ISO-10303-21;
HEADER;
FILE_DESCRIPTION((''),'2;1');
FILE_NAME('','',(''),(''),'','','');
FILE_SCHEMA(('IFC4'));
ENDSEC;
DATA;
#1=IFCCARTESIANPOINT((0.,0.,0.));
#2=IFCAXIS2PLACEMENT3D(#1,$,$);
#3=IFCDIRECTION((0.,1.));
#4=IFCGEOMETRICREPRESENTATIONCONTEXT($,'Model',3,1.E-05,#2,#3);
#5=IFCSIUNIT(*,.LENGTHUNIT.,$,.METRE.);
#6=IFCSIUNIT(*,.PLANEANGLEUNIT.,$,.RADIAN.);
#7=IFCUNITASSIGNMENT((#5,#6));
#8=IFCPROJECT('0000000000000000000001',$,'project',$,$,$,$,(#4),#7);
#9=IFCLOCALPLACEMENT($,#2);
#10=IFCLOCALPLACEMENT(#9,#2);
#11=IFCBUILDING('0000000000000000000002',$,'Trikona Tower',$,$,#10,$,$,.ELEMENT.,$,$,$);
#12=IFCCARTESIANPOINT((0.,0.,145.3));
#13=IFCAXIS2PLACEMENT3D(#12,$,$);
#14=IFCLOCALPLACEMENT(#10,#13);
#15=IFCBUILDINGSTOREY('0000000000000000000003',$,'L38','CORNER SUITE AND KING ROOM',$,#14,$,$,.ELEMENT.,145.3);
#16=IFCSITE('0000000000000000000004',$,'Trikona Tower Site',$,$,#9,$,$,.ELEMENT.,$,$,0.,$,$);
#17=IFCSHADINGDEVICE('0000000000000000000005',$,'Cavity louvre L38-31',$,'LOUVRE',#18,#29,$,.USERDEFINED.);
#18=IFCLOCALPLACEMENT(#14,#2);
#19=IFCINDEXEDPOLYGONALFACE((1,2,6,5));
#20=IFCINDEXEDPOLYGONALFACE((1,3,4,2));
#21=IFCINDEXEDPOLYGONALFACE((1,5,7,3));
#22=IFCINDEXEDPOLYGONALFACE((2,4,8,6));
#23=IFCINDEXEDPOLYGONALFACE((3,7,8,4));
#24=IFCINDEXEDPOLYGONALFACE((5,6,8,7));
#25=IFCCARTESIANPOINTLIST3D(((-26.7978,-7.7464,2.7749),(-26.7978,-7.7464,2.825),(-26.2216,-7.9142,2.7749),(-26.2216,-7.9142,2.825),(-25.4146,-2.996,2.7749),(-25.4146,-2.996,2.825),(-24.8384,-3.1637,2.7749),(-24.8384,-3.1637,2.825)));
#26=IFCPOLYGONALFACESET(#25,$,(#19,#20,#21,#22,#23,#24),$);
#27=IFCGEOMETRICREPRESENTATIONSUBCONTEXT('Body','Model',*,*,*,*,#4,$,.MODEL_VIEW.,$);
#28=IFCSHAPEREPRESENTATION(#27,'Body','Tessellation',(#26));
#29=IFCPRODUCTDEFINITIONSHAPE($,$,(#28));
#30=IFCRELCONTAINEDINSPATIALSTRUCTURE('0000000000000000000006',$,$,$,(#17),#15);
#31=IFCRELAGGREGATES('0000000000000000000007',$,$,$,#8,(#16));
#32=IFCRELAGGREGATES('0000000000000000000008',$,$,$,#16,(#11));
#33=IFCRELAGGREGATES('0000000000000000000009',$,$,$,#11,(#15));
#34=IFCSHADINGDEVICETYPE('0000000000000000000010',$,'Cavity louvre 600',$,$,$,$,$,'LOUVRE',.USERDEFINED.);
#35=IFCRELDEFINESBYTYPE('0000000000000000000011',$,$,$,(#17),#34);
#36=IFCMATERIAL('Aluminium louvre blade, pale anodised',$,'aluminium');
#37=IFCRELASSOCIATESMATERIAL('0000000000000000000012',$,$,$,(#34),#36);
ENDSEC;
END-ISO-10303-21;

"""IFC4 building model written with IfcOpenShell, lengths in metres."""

from ifc_helpers import new_model, si_unit, direction, frame, origin, origin_2d, place, context, subcontext, project, spatial, rectangle, extrude, material, type_object, element, save


model = new_model("IFC4")

# Units and contexts
model_context = context("Model", 3, precision=1e-05, world=origin(), true_north=direction((0.0, 1.0)))
body_context = subcontext(model_context, "Body", "Model", "MODEL_VIEW")
ifc_project = project(units=[si_unit("LENGTHUNIT", "METRE"), si_unit("PLANEANGLEUNIT", "RADIAN")], contexts=[model_context])

# Site, building, storey
site_placement = place(None, origin())
site = spatial("IfcSite", under=ifc_project, at=site_placement, Name="Trikona Tower Site", CompositionType="ELEMENT", RefElevation=0.0)
building_placement = place(site_placement, origin())
building = spatial("IfcBuilding", under=site, at=building_placement, Name="Trikona Tower", CompositionType="ELEMENT")
storey_placement = place(building_placement, frame((0.0, 0.0, 145.3)))
storey = spatial("IfcBuildingStorey", under=building, at=storey_placement, Name="L38", Description="CORNER SUITE AND KING ROOM", CompositionType="ELEMENT", Elevation=145.3)

# Shading device
ifc_material_1 = material(Name="Aluminium louvre blade, pale anodised", Category="aluminium")
shading_device_type = type_object("IfcShadingDeviceType", Name="Cavity louvre 600", ElementType="LOUVRE", PredefinedType="USERDEFINED", material=ifc_material_1)
shading_device_1_placement = place(storey_placement, frame((-25.8181, -5.4551, 2.7749), z_axis=(0.0, 0.0, 1.0), x_axis=(-0.279554, -0.96013, 0.0)))
element("IfcShadingDevice", 1, at=shading_device_1_placement, inside=storey, type_object=shading_device_type, Name="Cavity louvre L38-31", ObjectType="LOUVRE", PredefinedType="USERDEFINED", context=body_context, shape_type="SweptSolid", body=[
    extrude(rectangle(XDim=4.9478, YDim=0.6001, at=origin_2d()), origin(), (0.0, 0.0, 1.0), 0.05),
])

save(model, "model.ifc")
